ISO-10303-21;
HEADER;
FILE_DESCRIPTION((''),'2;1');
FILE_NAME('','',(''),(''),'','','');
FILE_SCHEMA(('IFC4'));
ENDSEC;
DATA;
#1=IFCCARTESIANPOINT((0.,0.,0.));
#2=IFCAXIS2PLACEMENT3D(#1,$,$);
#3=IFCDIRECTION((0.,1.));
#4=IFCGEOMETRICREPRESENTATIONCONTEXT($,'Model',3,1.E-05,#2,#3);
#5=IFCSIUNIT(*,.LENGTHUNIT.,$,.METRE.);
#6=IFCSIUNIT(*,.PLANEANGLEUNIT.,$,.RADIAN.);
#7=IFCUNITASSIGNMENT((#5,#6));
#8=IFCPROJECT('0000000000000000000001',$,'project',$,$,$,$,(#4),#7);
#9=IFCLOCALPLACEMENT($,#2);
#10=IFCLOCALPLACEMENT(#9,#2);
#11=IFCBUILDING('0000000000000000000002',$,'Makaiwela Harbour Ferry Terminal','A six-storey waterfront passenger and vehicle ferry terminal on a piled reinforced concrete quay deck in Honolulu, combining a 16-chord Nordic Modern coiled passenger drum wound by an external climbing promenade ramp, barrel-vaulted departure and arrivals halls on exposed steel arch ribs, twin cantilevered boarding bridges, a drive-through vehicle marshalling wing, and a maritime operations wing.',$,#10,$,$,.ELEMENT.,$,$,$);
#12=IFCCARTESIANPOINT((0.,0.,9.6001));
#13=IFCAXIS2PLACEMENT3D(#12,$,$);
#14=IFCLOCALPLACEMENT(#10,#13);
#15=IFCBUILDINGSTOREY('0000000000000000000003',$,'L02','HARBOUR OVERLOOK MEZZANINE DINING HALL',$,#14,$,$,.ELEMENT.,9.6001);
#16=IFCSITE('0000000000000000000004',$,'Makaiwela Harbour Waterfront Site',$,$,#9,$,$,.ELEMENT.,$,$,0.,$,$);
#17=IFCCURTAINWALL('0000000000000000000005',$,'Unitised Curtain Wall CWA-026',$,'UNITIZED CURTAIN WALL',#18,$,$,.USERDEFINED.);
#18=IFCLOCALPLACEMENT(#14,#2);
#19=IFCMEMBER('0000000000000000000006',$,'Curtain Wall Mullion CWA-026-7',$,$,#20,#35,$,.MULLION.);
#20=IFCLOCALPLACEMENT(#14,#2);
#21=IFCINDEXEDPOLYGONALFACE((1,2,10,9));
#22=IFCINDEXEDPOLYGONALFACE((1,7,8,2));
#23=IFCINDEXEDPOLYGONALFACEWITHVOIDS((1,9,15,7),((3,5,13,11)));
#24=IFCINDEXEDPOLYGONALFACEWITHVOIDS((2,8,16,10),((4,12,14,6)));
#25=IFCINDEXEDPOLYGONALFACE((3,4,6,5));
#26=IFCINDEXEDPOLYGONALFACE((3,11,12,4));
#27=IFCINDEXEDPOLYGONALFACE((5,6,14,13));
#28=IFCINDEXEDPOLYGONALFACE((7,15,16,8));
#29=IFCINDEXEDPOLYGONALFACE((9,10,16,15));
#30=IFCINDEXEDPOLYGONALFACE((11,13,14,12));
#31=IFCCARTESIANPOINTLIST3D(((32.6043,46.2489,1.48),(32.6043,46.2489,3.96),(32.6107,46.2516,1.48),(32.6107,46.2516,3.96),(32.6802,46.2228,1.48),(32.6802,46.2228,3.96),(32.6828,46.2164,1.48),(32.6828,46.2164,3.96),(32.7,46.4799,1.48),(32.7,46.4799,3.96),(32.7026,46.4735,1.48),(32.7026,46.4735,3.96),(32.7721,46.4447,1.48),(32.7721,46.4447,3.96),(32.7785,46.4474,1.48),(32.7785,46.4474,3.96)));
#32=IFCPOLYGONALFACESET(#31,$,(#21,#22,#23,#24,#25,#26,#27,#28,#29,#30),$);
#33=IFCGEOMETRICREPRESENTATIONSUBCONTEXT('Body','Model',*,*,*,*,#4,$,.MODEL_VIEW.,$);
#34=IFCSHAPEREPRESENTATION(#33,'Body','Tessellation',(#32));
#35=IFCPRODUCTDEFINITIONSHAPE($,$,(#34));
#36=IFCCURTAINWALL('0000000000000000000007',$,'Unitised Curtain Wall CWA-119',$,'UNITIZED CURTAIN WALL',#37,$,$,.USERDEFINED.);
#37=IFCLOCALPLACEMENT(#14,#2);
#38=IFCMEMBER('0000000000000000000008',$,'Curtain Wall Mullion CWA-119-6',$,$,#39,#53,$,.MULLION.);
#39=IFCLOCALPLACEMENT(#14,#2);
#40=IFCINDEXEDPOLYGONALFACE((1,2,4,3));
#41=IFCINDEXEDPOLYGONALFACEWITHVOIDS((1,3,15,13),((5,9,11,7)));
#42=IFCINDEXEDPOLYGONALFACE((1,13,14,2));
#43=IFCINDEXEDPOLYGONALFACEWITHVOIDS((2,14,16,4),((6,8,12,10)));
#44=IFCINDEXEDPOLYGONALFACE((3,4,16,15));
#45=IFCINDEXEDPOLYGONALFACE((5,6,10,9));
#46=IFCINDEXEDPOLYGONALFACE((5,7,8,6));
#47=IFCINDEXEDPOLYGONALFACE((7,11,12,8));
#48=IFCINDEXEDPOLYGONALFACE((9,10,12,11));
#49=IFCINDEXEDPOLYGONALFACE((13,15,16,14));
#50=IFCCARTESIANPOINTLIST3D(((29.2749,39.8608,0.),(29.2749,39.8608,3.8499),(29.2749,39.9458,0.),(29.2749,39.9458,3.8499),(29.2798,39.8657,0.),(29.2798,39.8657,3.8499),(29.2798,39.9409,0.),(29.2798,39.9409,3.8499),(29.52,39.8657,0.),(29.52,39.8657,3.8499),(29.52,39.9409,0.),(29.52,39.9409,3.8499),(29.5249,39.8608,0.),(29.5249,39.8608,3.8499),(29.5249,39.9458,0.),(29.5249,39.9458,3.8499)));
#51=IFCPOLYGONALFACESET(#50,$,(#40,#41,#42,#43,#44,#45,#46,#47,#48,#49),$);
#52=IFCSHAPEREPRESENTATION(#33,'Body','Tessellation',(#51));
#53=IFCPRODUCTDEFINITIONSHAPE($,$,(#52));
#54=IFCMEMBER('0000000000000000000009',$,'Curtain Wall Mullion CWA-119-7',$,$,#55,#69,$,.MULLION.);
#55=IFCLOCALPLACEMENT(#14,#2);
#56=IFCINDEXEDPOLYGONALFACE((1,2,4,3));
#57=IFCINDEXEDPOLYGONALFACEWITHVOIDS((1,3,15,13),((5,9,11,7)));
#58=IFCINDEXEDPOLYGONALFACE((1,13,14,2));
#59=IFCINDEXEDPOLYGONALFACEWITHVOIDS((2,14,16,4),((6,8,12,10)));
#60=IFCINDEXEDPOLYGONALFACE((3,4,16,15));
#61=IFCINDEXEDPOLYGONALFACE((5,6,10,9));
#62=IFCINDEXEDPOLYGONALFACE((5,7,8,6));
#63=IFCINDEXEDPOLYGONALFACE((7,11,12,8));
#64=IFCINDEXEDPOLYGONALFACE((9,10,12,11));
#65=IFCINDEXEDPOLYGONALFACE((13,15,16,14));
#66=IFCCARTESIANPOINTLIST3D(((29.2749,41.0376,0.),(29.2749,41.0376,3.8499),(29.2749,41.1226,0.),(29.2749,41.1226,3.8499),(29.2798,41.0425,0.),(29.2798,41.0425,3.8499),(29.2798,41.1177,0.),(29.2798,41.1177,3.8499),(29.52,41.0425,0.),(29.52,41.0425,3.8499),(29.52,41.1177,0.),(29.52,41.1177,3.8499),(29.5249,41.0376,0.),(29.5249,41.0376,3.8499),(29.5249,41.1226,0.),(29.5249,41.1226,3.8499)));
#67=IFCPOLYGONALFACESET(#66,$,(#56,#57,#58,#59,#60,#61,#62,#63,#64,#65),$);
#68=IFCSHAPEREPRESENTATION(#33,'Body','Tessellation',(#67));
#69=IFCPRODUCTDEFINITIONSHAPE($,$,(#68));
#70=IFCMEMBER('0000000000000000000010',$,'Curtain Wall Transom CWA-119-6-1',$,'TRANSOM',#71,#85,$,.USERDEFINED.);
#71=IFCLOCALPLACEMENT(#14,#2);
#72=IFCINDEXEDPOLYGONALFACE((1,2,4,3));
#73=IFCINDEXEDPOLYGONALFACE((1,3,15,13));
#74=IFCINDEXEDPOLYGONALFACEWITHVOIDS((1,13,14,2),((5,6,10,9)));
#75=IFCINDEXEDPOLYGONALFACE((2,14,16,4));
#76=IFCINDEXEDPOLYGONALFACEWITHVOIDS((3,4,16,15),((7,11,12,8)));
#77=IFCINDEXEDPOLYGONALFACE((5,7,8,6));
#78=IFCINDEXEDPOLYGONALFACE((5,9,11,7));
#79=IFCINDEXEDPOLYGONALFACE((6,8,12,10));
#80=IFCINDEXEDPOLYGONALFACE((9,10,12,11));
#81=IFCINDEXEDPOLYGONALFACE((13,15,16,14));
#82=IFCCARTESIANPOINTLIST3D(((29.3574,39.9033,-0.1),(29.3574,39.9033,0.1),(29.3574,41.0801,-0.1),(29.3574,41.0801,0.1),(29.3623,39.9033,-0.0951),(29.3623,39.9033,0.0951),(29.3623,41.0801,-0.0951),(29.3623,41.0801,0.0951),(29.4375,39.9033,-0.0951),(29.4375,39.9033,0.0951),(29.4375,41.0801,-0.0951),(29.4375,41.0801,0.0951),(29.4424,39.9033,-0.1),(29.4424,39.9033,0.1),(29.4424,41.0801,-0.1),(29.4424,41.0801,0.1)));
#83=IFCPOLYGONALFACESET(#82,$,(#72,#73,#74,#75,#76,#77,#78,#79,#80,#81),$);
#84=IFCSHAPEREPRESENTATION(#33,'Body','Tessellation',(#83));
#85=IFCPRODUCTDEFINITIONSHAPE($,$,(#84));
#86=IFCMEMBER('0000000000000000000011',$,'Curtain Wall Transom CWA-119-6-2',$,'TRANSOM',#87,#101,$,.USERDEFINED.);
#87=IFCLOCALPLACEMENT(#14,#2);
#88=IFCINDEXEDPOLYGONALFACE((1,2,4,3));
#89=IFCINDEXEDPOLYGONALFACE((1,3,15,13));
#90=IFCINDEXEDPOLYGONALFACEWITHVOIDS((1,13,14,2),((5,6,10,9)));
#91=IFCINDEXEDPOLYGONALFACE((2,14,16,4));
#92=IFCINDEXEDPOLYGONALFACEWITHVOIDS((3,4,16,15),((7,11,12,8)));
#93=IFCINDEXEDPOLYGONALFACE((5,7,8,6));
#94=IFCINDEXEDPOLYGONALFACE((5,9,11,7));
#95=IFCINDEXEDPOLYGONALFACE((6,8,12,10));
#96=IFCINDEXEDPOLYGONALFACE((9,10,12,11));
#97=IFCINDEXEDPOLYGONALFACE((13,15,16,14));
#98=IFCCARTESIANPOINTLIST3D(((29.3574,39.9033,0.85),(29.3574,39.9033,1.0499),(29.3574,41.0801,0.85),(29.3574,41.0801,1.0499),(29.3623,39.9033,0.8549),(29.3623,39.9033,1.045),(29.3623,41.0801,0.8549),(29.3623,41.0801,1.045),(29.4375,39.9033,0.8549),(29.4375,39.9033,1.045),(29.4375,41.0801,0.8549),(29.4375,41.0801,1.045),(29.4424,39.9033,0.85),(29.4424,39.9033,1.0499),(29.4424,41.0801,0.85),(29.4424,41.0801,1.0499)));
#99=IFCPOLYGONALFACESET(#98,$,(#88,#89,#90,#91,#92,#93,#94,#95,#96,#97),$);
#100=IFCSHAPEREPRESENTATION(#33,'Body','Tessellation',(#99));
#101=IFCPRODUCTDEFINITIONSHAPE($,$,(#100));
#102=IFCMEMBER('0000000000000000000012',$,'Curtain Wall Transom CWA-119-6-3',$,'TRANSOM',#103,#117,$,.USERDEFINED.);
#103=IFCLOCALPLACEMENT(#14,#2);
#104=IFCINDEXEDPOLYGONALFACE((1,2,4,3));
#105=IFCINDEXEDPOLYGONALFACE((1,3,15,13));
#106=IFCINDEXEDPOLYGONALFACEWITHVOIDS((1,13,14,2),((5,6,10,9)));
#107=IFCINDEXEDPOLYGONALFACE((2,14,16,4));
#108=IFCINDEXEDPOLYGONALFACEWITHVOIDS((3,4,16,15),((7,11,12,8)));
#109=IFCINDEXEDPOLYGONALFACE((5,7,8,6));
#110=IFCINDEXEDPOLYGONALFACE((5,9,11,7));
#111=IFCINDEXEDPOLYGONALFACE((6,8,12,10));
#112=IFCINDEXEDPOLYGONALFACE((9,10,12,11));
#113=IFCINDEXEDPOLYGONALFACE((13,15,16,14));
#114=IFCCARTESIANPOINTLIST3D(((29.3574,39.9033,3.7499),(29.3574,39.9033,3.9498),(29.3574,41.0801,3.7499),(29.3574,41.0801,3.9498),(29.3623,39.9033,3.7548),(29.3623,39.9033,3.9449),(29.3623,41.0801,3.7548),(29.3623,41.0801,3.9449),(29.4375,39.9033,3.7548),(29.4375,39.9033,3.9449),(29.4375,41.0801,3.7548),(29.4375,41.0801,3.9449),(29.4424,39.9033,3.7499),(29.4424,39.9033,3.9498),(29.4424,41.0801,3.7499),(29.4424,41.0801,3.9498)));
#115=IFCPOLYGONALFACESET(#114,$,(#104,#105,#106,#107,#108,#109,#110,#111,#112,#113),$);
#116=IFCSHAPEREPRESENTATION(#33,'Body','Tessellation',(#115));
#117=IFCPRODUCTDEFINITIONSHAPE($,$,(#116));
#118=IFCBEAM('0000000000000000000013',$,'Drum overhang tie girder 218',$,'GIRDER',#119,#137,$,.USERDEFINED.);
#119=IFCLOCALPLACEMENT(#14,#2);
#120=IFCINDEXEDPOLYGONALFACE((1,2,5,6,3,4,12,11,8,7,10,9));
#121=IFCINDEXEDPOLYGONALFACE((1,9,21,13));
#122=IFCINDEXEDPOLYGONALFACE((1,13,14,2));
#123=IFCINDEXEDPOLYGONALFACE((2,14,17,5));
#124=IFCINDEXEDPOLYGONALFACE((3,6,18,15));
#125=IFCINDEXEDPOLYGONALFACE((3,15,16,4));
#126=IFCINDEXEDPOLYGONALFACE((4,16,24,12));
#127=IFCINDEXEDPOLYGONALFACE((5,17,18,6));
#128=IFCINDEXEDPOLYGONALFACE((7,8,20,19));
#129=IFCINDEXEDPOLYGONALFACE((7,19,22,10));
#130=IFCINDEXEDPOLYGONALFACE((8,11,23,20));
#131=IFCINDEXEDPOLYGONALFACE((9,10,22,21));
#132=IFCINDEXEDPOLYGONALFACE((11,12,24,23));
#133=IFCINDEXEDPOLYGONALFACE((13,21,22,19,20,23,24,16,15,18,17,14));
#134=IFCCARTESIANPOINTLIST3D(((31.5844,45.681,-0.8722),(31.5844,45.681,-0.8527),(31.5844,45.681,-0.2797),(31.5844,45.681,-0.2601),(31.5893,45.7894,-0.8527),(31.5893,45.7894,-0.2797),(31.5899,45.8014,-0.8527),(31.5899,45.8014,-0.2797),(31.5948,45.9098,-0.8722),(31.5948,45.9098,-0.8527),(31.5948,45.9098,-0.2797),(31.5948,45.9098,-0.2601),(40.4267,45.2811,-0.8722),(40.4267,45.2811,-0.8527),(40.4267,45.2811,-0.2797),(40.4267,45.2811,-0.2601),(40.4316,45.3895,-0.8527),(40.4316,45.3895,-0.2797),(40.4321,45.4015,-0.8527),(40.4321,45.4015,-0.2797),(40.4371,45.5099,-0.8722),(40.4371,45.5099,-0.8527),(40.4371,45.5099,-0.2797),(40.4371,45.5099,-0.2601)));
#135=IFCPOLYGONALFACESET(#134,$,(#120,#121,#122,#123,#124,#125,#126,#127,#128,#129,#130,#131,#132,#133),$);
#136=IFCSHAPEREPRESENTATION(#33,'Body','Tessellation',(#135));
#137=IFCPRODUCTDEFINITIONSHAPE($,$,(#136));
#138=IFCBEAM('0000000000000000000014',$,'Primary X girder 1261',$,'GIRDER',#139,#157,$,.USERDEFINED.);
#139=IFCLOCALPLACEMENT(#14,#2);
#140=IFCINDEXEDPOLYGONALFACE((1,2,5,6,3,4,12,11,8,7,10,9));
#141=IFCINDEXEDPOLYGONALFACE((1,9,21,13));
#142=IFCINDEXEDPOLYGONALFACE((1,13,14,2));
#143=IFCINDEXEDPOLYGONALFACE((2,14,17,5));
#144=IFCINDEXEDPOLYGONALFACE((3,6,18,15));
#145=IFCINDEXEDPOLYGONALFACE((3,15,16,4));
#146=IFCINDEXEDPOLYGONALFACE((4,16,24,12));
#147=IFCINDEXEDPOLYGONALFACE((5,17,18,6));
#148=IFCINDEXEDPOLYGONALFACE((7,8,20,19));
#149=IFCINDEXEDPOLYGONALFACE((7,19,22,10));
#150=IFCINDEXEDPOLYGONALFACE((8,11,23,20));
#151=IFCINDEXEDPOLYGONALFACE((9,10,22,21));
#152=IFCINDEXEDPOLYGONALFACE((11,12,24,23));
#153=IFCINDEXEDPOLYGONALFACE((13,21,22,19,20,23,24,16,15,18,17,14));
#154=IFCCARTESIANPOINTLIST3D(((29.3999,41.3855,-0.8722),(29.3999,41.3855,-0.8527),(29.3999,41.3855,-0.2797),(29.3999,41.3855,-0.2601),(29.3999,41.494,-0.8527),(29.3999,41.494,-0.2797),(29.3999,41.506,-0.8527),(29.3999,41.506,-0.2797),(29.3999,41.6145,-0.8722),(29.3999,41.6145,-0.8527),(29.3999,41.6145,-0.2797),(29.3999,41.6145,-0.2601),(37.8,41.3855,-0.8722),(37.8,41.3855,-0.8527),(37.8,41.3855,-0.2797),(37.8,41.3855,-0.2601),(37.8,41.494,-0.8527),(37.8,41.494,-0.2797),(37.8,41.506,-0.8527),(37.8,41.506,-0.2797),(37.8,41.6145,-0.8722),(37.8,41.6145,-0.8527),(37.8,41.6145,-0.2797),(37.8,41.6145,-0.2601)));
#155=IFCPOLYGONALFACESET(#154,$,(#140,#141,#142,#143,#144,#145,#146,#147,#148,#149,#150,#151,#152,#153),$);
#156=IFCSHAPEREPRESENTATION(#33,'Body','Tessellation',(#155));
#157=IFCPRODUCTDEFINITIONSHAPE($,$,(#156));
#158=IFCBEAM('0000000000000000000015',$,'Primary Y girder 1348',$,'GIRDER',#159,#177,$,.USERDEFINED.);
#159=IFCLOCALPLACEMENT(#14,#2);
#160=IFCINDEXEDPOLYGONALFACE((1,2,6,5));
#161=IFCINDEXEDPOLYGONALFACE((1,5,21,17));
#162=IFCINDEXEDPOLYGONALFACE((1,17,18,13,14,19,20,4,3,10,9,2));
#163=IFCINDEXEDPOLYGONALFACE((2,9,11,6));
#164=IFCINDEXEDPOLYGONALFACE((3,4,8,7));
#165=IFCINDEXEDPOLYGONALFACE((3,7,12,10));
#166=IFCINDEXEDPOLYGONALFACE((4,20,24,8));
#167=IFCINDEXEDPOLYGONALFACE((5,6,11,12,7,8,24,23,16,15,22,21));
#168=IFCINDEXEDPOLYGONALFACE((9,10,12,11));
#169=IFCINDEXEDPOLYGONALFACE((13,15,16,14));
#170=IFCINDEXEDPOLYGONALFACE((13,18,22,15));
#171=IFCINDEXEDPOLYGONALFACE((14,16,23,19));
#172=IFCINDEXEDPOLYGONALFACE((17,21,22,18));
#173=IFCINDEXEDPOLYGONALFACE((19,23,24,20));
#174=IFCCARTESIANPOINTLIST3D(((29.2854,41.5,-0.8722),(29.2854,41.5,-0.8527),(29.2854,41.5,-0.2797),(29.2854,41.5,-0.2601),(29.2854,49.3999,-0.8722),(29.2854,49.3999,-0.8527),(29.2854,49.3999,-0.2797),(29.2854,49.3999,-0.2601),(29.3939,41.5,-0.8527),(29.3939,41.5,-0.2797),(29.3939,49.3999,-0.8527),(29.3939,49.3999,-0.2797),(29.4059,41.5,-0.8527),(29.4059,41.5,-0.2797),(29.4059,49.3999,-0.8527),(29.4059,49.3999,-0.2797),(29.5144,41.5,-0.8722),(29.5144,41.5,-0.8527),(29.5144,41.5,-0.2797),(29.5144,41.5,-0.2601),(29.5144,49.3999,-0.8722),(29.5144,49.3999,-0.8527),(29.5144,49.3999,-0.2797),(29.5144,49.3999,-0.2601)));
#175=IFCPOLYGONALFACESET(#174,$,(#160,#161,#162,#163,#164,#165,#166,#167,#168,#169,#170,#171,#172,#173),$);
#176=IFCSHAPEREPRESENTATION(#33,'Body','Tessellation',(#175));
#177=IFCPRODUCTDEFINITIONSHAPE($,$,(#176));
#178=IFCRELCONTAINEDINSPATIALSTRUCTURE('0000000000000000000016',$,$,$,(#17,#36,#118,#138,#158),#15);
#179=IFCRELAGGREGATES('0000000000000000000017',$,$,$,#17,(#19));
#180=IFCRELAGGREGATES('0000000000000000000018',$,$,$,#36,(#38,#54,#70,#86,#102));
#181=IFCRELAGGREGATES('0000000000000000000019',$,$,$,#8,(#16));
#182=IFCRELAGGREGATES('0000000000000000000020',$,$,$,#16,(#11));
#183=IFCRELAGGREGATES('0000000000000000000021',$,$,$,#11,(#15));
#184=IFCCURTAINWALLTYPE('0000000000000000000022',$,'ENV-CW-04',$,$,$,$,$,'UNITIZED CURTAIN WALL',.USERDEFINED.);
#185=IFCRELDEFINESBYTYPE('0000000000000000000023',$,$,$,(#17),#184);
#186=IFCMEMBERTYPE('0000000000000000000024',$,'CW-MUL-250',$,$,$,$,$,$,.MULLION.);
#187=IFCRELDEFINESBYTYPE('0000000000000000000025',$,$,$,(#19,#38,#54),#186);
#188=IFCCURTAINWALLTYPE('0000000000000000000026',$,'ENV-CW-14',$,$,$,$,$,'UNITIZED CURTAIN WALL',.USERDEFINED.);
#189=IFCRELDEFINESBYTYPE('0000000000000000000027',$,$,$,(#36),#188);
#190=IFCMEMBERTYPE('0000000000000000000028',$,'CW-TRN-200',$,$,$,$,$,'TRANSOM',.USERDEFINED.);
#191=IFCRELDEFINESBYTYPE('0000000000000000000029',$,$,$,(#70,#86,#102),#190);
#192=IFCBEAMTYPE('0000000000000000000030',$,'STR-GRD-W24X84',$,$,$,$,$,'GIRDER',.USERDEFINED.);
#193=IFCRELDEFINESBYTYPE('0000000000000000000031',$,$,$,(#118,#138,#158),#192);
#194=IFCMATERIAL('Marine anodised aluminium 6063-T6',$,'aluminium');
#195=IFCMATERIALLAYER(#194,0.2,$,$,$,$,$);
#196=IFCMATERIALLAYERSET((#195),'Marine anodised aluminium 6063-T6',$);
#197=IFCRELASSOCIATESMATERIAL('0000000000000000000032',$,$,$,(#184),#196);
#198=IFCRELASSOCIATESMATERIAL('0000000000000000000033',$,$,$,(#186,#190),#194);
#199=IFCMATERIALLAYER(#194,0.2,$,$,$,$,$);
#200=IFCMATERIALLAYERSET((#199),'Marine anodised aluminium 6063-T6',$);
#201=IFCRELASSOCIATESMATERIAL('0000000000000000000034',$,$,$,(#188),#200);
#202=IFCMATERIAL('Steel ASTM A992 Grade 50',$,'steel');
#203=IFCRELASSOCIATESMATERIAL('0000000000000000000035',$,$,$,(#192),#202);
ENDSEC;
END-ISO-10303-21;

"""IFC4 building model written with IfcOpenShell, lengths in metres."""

from ifc_helpers import new_model, si_unit, direction, frame, origin, origin_2d, place, context, subcontext, project, spatial, hollow_rectangle, i_section, extrude, material, layer, layer_set, material_profile, profile_set, type_object, element, aggregate, save


model = new_model("IFC4")

# Units and contexts
model_context = context("Model", 3, precision=1e-05, world=origin(), true_north=direction((0.0, 1.0)))
body_context = subcontext(model_context, "Body", "Model", "MODEL_VIEW")
ifc_project = project(units=[si_unit("LENGTHUNIT", "METRE"), si_unit("PLANEANGLEUNIT", "RADIAN")], contexts=[model_context])

# Site, building, storey
site_placement = place(None, origin())
site = spatial("IfcSite", under=ifc_project, at=site_placement, Name="Makaiwela Harbour Waterfront Site", CompositionType="ELEMENT", RefElevation=0.0)
building_placement = place(site_placement, origin())
building = spatial("IfcBuilding", under=site, at=building_placement, Name="Makaiwela Harbour Ferry Terminal", Description="A six-storey waterfront passenger and vehicle ferry terminal on a piled reinforced concrete quay deck in Honolulu, combining a 16-chord Nordic Modern coiled passenger drum wound by an external climbing promenade ramp, barrel-vaulted departure and arrivals halls on exposed steel arch ribs, twin cantilevered boarding bridges, a drive-through vehicle marshalling wing, and a maritime operations wing.", CompositionType="ELEMENT")
storey_placement = place(building_placement, frame((0.0, 0.0, 9.6001)))
storey = spatial("IfcBuildingStorey", under=building, at=storey_placement, Name="L02", Description="HARBOUR OVERLOOK MEZZANINE DINING HALL", CompositionType="ELEMENT", Elevation=9.6001)

# Curtain wall, member
ifc_material_1 = material(Name="Marine anodised aluminium 6063-T6", Category="aluminium")
ifc_layer_1 = layer(ifc_material_1, 0.2)
ifc_layer_set_1 = layer_set([ifc_layer_1], Name="Marine anodised aluminium 6063-T6")
curtain_wall_type_1 = type_object("IfcCurtainWallType", Name="ENV-CW-04", ElementType="UNITIZED CURTAIN WALL", PredefinedType="USERDEFINED", material=ifc_layer_set_1)
curtain_wall_1_placement = place(storey_placement, origin())
curtain_wall_1 = element("IfcCurtainWall", 1, at=curtain_wall_1_placement, inside=storey, type_object=curtain_wall_type_1, Name="Unitised Curtain Wall CWA-026", ObjectType="UNITIZED CURTAIN WALL", PredefinedType="USERDEFINED")
ifc_material_profile_1 = material_profile(ifc_material_1, hollow_rectangle(XDim=0.085, YDim=0.25, WallThickness=0.0049, at=origin_2d()), Name="CWM-250X85")
ifc_profile_set_1 = profile_set([ifc_material_profile_1], Name="Marine anodised aluminium 6063-T6")
member_type_1 = type_object("IfcMemberType", Name="CW-MUL-250", PredefinedType="MULLION", material=ifc_profile_set_1)
member_1_placement = place(storey_placement, frame((32.6914, 46.3481, 1.48), z_axis=(0.0, 0.0, 1.0), x_axis=(-0.92388, 0.382683, 0.0)))
member_1 = element("IfcMember", 2, at=member_1_placement, type_object=member_type_1, Name="Curtain Wall Mullion CWA-026-7", PredefinedType="MULLION", context=body_context, shape_type="SweptSolid", body=[
    extrude(hollow_rectangle(XDim=0.085, YDim=0.25, WallThickness=0.0049, at=origin_2d()), origin(), (0.0, 0.0, 1.0), 2.48),
])

# Curtain wall, members
ifc_layer_2 = layer(ifc_material_1, 0.2)
ifc_layer_set_2 = layer_set([ifc_layer_2], Name="Marine anodised aluminium 6063-T6")
curtain_wall_type_2 = type_object("IfcCurtainWallType", Name="ENV-CW-14", ElementType="UNITIZED CURTAIN WALL", PredefinedType="USERDEFINED", material=ifc_layer_set_2)
curtain_wall_2_placement = place(storey_placement, origin())
curtain_wall_2 = element("IfcCurtainWall", 3, at=curtain_wall_2_placement, inside=storey, type_object=curtain_wall_type_2, Name="Unitised Curtain Wall CWA-119", ObjectType="UNITIZED CURTAIN WALL", PredefinedType="USERDEFINED")
member_2_placement = place(storey_placement, frame((29.3999, 39.9033, 0.0), z_axis=(0.0, 0.0, 1.0), x_axis=(0.0, 1.0, 0.0)))
member_2 = element("IfcMember", 4, at=member_2_placement, type_object=member_type_1, Name="Curtain Wall Mullion CWA-119-6", PredefinedType="MULLION", context=body_context, shape_type="SweptSolid", body=[
    extrude(hollow_rectangle(XDim=0.085, YDim=0.25, WallThickness=0.0049, at=origin_2d()), origin(), (0.0, 0.0, 1.0), 3.8499),
])
member_3_placement = place(storey_placement, frame((29.3999, 41.0801, 0.0), z_axis=(0.0, 0.0, 1.0), x_axis=(0.0, 1.0, 0.0)))
member_3 = element("IfcMember", 5, at=member_3_placement, type_object=member_type_1, Name="Curtain Wall Mullion CWA-119-7", PredefinedType="MULLION", context=body_context, shape_type="SweptSolid", body=[
    extrude(hollow_rectangle(XDim=0.085, YDim=0.25, WallThickness=0.0049, at=origin_2d()), origin(), (0.0, 0.0, 1.0), 3.8499),
])
ifc_material_profile_2 = material_profile(ifc_material_1, hollow_rectangle(XDim=0.085, YDim=0.2, WallThickness=0.0049, at=origin_2d()), Name="CWT-200X85")
ifc_profile_set_2 = profile_set([ifc_material_profile_2], Name="Marine anodised aluminium 6063-T6")
member_type_2 = type_object("IfcMemberType", Name="CW-TRN-200", ElementType="TRANSOM", PredefinedType="USERDEFINED", material=ifc_profile_set_2)
member_4_placement = place(storey_placement, frame((29.3999, 39.9033, 0.0), z_axis=(0.0, 1.0, 0.0), x_axis=(-1.0, 0.0, 0.0)))
member_4 = element("IfcMember", 6, at=member_4_placement, type_object=member_type_2, Name="Curtain Wall Transom CWA-119-6-1", ObjectType="TRANSOM", PredefinedType="USERDEFINED", context=body_context, shape_type="SweptSolid", body=[
    extrude(hollow_rectangle(XDim=0.085, YDim=0.2, WallThickness=0.0049, at=origin_2d()), origin(), (0.0, 0.0, 1.0), 1.1768),
])
member_5_placement = place(storey_placement, frame((29.3999, 39.9033, 0.95), z_axis=(0.0, 1.0, 0.0), x_axis=(-1.0, 0.0, 0.0)))
member_5 = element("IfcMember", 7, at=member_5_placement, type_object=member_type_2, Name="Curtain Wall Transom CWA-119-6-2", ObjectType="TRANSOM", PredefinedType="USERDEFINED", context=body_context, shape_type="SweptSolid", body=[
    extrude(hollow_rectangle(XDim=0.085, YDim=0.2, WallThickness=0.0049, at=origin_2d()), origin(), (0.0, 0.0, 1.0), 1.1768),
])
member_6_placement = place(storey_placement, frame((29.3999, 39.9033, 3.8499), z_axis=(0.0, 1.0, 0.0), x_axis=(-1.0, 0.0, 0.0)))
member_6 = element("IfcMember", 8, at=member_6_placement, type_object=member_type_2, Name="Curtain Wall Transom CWA-119-6-3", ObjectType="TRANSOM", PredefinedType="USERDEFINED", context=body_context, shape_type="SweptSolid", body=[
    extrude(hollow_rectangle(XDim=0.085, YDim=0.2, WallThickness=0.0049, at=origin_2d()), origin(), (0.0, 0.0, 1.0), 1.1768),
])

# Beams
ifc_material_2 = material(Name="Steel ASTM A992 Grade 50", Category="steel")
ifc_material_profile_3 = material_profile(ifc_material_2, i_section(OverallWidth=0.229, OverallDepth=0.6121, WebThickness=0.012, FlangeThickness=0.0195, at=origin_2d()), Name="W24X84")
ifc_profile_set_3 = profile_set([ifc_material_profile_3], Name="Steel ASTM A992 Grade 50")
beam_type_1 = type_object("IfcBeamType", Name="STR-GRD-W24X84", ElementType="GIRDER", PredefinedType="USERDEFINED", material=ifc_profile_set_3)
beam_1_placement = place(storey_placement, frame((31.5896, 45.7954, -0.5662), z_axis=(0.998979, -0.04518, 0.0), x_axis=(0.04518, 0.998979, 0.0)))
element("IfcBeam", 9, at=beam_1_placement, inside=storey, type_object=beam_type_1, Name="Drum overhang tie girder 218", ObjectType="GIRDER", PredefinedType="USERDEFINED", context=body_context, shape_type="SweptSolid", body=[
    extrude(i_section(OverallWidth=0.229, OverallDepth=0.6121, WebThickness=0.012, FlangeThickness=0.0195, at=origin_2d()), origin(), (0.0, 0.0, 1.0), 8.8513),
])
beam_2_placement = place(storey_placement, frame((29.3999, 41.5, -0.5662), z_axis=(1.0, 0.0, 0.0), x_axis=(0.0, 1.0, 0.0)))
element("IfcBeam", 10, at=beam_2_placement, inside=storey, type_object=beam_type_1, Name="Primary X girder 1261", ObjectType="GIRDER", PredefinedType="USERDEFINED", context=body_context, shape_type="SweptSolid", body=[
    extrude(i_section(OverallWidth=0.229, OverallDepth=0.6121, WebThickness=0.012, FlangeThickness=0.0195, at=origin_2d()), origin(), (0.0, 0.0, 1.0), 8.4001),
])
beam_3_placement = place(storey_placement, frame((29.3999, 41.5, -0.5662), z_axis=(0.0, 1.0, 0.0), x_axis=(-1.0, 0.0, 0.0)))
element("IfcBeam", 11, at=beam_3_placement, inside=storey, type_object=beam_type_1, Name="Primary Y girder 1348", ObjectType="GIRDER", PredefinedType="USERDEFINED", context=body_context, shape_type="SweptSolid", body=[
    extrude(i_section(OverallWidth=0.229, OverallDepth=0.6121, WebThickness=0.012, FlangeThickness=0.0195, at=origin_2d()), origin(), (0.0, 0.0, 1.0), 7.8999),
])

aggregate(curtain_wall_1, [member_1])
aggregate(curtain_wall_2, [member_2, member_3, member_4, member_5, member_6])

save(model, "model.ifc")
